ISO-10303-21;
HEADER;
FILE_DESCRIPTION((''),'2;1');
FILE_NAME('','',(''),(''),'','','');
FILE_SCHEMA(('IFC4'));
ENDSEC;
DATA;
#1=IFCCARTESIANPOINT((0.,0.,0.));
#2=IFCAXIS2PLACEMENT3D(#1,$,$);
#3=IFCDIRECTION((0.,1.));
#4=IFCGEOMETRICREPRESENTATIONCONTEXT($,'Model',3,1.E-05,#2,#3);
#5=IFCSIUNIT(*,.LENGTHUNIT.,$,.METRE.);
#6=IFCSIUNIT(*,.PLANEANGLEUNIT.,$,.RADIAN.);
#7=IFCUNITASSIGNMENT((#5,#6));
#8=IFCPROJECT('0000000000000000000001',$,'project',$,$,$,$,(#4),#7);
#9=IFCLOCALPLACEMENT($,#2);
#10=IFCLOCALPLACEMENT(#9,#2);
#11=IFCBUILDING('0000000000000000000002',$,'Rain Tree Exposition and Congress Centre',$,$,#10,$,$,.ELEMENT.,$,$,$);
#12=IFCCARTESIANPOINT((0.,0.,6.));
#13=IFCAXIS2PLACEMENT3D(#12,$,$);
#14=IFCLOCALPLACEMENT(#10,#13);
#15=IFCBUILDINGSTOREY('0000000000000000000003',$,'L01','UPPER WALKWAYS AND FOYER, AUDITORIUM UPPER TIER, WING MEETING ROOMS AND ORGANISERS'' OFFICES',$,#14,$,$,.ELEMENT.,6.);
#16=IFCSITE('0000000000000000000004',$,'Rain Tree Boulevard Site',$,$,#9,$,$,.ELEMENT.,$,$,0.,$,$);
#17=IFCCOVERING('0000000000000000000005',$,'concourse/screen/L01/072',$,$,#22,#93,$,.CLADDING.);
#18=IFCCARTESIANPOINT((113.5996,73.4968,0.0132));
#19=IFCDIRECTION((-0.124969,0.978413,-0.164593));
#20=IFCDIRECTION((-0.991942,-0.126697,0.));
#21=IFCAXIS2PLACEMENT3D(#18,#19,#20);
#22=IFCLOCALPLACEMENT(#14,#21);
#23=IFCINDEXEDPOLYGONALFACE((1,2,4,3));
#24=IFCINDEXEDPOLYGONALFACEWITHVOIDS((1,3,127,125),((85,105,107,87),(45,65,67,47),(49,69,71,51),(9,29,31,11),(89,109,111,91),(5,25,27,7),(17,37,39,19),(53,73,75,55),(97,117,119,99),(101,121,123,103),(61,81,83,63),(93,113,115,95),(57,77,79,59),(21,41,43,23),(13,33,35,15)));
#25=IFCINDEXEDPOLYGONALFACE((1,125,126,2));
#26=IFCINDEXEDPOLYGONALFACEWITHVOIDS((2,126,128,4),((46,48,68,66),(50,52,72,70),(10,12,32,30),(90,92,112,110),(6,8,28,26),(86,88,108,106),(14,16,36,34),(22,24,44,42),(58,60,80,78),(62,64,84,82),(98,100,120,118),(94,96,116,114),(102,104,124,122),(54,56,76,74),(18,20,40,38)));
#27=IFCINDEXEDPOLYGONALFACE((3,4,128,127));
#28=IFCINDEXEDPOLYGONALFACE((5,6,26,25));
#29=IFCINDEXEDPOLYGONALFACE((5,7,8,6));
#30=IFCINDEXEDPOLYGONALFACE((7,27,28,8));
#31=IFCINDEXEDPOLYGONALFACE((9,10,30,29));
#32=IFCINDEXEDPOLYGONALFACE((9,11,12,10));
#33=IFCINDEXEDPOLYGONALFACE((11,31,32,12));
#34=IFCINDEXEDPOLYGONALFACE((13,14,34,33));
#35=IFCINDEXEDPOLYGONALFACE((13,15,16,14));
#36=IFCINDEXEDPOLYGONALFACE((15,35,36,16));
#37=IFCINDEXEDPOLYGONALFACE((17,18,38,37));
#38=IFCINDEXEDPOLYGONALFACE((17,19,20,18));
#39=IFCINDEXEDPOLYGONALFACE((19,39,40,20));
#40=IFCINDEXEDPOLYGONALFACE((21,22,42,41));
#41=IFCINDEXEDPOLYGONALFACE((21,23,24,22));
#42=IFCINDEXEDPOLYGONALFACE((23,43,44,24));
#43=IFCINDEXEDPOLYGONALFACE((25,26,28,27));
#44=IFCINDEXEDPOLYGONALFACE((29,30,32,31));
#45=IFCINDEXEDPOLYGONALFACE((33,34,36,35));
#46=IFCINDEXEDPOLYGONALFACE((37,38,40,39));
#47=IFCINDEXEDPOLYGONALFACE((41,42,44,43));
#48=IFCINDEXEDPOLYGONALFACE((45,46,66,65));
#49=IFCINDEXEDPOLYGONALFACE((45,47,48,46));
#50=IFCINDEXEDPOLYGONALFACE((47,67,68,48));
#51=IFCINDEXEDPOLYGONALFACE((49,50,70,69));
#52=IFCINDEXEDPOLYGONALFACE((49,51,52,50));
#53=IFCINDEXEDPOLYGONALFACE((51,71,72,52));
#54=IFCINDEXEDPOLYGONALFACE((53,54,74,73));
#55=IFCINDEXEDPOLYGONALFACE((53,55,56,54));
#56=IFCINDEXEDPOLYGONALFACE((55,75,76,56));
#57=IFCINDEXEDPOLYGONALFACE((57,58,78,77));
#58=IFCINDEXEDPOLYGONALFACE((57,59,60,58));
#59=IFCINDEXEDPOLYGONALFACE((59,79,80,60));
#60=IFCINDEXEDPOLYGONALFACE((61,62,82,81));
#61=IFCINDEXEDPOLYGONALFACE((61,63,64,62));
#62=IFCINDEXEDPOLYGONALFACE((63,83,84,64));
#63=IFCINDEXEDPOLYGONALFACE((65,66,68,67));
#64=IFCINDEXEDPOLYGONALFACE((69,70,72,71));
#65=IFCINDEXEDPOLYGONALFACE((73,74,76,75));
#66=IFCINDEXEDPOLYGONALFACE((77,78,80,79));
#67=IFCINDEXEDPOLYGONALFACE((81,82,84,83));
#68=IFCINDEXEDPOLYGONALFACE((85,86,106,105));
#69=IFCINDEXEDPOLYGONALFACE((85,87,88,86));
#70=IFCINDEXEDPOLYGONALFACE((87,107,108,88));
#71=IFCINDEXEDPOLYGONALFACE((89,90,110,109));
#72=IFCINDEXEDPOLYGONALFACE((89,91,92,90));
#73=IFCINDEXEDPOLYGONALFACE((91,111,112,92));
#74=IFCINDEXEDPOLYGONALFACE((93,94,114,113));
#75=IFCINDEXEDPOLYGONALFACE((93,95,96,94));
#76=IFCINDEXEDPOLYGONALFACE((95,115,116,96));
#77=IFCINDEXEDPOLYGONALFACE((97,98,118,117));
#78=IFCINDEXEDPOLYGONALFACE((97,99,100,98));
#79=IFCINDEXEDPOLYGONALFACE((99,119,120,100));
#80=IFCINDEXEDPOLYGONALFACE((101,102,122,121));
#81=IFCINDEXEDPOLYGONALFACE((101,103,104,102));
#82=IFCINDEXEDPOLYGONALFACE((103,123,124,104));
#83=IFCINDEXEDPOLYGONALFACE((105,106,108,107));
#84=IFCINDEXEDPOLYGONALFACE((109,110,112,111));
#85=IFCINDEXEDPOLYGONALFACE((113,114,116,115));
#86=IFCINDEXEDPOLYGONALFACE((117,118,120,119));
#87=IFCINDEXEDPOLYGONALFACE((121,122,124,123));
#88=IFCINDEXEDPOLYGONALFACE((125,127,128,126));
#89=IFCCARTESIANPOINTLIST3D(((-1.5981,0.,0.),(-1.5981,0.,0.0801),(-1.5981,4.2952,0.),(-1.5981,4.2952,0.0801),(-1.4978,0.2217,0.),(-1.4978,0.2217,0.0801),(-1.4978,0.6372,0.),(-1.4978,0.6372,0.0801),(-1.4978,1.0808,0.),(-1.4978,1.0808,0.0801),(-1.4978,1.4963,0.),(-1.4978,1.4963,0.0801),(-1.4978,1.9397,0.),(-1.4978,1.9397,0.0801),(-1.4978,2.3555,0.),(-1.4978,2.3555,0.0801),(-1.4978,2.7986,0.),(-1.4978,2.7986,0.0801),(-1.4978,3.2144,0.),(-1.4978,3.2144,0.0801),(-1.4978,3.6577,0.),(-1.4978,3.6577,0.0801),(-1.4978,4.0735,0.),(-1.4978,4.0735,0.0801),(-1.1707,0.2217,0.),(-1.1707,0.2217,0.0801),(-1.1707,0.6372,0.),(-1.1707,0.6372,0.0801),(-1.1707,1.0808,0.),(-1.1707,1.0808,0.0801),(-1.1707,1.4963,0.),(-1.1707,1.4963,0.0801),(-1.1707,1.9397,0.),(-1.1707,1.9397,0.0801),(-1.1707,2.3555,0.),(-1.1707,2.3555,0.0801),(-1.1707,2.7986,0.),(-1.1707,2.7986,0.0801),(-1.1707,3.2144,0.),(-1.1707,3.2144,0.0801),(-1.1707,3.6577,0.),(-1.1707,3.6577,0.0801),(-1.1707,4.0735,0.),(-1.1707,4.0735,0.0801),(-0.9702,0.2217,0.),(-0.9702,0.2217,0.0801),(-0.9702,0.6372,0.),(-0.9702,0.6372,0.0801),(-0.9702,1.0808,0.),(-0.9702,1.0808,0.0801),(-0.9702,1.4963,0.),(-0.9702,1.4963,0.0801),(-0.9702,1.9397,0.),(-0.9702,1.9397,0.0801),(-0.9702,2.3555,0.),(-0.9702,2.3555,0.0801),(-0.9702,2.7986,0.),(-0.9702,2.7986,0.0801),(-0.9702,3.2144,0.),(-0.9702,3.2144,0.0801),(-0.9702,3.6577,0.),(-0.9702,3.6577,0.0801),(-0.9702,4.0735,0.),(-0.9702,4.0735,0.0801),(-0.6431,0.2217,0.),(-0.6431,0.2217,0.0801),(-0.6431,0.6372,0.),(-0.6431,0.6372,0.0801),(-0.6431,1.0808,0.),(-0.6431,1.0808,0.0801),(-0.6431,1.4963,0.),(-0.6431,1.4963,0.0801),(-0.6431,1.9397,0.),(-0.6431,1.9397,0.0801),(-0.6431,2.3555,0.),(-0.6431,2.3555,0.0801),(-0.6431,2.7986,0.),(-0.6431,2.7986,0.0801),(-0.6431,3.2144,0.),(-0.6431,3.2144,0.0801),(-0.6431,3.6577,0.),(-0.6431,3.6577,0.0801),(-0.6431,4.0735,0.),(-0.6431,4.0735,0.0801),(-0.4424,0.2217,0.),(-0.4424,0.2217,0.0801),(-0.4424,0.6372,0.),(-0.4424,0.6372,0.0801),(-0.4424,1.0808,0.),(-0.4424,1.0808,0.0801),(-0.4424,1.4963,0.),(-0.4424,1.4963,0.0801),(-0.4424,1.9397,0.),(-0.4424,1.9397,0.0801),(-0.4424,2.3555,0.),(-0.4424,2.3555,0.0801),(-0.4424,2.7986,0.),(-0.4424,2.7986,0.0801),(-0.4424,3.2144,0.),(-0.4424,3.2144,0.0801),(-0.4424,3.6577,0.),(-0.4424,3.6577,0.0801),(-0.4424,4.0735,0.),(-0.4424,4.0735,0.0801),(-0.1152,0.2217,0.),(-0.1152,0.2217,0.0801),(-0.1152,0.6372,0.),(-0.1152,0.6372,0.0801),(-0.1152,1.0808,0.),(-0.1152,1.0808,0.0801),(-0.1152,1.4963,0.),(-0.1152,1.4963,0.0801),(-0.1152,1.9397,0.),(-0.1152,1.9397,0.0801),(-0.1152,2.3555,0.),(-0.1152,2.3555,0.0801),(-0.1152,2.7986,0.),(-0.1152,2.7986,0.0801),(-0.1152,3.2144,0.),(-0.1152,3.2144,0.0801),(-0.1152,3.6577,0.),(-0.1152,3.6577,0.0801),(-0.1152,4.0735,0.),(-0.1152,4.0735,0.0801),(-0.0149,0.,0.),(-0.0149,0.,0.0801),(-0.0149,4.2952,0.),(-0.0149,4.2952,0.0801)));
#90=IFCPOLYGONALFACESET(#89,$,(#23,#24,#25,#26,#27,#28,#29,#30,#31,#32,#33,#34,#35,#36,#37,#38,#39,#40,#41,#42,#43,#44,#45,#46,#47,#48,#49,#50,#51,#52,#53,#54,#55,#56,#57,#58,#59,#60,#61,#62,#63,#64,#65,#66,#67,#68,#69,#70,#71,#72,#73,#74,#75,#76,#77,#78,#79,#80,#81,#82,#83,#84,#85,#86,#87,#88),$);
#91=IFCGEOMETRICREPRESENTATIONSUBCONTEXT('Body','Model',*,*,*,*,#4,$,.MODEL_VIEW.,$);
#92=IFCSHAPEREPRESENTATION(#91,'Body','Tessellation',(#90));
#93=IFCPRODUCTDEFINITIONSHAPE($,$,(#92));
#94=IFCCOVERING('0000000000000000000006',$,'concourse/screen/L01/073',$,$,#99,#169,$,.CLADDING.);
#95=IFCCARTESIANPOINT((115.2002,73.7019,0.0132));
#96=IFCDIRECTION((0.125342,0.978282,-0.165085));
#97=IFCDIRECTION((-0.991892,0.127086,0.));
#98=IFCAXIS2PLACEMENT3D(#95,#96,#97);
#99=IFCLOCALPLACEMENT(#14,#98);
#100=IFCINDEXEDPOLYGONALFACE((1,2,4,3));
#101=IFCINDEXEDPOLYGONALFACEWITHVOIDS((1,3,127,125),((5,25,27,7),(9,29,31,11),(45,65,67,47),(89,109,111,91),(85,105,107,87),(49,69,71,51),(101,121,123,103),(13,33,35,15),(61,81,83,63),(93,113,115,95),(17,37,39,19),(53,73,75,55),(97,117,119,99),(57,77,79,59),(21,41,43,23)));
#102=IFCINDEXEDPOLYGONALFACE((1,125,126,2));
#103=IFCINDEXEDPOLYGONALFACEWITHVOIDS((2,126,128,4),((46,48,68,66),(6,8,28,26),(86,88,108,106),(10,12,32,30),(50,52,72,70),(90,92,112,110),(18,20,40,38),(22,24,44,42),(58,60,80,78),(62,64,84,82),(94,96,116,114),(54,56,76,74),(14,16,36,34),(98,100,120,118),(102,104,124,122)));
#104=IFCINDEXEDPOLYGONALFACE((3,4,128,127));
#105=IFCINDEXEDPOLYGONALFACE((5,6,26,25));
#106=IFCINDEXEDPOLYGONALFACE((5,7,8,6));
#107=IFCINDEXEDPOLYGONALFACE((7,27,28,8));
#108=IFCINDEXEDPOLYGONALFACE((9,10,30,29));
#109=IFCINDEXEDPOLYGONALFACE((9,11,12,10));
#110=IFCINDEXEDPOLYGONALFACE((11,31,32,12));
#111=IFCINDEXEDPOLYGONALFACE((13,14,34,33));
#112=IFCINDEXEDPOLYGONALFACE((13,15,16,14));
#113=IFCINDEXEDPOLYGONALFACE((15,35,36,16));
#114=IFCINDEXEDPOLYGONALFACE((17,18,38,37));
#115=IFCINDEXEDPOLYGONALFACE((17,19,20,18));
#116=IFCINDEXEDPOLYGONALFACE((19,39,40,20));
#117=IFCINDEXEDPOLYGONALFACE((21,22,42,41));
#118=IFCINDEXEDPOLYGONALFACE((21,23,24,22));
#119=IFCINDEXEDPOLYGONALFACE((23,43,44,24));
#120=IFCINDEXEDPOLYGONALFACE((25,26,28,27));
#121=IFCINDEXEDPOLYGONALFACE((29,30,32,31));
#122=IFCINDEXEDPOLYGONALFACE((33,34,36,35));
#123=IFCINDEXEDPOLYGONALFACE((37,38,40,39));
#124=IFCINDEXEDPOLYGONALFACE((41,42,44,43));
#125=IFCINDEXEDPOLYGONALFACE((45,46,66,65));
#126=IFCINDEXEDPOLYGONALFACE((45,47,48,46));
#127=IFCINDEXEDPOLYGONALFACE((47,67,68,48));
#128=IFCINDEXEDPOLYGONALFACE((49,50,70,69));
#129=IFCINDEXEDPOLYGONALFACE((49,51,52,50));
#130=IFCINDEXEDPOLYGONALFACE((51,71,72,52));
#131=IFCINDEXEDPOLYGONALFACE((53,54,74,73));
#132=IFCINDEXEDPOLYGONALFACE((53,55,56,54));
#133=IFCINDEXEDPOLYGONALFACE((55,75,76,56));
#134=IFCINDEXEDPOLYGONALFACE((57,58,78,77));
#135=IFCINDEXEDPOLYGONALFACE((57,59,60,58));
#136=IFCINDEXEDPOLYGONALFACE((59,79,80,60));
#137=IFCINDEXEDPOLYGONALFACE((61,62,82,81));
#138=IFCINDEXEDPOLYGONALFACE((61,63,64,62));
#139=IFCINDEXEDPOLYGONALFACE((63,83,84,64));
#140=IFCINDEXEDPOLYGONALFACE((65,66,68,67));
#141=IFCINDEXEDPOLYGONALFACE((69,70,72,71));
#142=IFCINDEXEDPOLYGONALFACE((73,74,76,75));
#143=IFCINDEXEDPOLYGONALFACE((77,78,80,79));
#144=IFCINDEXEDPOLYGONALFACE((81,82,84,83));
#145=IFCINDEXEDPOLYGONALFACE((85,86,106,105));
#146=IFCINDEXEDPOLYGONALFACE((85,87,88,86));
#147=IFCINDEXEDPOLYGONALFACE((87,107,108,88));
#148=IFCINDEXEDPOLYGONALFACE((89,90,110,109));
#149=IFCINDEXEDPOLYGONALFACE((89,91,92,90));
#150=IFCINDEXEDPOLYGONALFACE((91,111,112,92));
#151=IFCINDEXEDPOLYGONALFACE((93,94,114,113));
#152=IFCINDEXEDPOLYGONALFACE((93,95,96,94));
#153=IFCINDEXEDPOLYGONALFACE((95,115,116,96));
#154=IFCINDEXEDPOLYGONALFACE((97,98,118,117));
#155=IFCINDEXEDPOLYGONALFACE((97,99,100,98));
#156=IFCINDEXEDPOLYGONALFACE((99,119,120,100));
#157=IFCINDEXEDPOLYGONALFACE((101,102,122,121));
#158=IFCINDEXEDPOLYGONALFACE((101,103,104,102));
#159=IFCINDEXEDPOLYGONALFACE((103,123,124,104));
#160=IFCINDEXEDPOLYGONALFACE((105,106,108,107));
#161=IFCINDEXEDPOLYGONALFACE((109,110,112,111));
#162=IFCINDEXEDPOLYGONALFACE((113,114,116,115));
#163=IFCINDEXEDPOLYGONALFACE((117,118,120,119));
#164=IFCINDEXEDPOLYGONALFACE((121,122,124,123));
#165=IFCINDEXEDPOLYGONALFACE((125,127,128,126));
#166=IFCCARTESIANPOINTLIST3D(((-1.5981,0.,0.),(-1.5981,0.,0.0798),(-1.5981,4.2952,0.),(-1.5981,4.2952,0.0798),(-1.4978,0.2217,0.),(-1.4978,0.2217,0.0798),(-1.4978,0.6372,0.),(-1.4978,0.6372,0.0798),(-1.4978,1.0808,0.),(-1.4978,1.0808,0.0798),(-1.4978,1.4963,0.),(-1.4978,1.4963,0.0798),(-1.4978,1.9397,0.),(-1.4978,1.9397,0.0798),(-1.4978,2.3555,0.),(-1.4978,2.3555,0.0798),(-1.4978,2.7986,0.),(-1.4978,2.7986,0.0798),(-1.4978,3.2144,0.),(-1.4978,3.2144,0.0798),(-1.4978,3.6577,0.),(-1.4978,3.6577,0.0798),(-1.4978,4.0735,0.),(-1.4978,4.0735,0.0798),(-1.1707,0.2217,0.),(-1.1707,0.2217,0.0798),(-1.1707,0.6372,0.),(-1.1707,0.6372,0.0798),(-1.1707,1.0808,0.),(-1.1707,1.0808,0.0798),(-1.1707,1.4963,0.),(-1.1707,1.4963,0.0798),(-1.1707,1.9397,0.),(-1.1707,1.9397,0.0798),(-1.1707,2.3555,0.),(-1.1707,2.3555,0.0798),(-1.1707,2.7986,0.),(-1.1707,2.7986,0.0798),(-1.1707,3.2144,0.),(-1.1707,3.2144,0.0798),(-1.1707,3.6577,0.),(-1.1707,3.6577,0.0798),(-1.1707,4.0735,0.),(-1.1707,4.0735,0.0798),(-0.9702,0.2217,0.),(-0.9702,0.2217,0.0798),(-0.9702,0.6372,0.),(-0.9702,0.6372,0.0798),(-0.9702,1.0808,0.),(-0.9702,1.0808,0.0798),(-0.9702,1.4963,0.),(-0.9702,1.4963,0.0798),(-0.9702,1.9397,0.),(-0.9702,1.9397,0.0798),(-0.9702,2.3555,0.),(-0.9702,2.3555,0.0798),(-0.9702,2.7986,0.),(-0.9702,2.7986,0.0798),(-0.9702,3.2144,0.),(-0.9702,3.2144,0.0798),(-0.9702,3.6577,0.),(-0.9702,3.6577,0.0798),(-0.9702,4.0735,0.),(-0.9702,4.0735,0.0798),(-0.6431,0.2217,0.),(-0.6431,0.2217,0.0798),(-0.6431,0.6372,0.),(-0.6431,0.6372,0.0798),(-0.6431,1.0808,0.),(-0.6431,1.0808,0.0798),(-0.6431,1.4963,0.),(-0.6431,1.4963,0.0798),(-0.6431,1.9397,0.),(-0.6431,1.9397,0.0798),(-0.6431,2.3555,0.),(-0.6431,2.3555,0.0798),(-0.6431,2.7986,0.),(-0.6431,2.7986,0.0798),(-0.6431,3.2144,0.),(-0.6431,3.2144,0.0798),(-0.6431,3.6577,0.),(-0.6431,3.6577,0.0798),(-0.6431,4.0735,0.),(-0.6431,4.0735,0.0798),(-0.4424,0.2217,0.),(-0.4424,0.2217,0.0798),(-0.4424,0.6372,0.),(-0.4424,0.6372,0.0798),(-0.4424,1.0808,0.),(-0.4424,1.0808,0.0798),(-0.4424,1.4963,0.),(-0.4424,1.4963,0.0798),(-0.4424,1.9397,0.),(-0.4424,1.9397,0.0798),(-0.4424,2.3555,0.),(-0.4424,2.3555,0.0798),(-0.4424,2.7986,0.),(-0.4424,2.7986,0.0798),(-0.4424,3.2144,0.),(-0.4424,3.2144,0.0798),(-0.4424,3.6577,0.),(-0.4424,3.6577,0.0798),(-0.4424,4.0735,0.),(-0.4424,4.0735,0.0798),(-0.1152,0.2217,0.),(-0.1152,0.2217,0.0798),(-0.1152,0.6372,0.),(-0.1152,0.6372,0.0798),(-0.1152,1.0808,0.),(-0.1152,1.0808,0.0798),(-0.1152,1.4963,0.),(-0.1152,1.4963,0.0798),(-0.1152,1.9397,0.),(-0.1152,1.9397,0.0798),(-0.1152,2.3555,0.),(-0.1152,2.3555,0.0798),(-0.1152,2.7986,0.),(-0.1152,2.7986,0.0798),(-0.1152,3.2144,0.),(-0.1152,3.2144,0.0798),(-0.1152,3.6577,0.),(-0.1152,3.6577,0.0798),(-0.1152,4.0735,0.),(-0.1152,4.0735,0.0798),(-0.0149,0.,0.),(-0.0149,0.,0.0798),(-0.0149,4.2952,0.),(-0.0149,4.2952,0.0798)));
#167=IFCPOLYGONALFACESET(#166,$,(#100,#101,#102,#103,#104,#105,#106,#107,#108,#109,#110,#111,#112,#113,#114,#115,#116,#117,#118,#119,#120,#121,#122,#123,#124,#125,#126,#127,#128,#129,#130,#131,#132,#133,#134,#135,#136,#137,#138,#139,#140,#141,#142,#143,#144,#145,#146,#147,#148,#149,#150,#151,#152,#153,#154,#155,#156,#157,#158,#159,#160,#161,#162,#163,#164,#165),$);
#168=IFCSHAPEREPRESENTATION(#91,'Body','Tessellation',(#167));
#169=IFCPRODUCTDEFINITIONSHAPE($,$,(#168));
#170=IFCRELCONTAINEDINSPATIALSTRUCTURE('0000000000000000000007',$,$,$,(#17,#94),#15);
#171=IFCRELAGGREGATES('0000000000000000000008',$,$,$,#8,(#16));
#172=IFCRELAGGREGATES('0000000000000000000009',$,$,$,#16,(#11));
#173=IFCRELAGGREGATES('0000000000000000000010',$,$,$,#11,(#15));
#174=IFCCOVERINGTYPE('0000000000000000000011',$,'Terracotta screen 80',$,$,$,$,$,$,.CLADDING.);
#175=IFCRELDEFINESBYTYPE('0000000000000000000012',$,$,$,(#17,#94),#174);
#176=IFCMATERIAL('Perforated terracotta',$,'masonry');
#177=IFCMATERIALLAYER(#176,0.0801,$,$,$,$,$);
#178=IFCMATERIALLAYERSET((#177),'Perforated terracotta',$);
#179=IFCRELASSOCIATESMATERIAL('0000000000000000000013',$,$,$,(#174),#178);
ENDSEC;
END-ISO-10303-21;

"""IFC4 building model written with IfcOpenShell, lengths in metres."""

from ifc_helpers import new_model, si_unit, direction, frame, origin, place, context, subcontext, project, spatial, polyline, outline, extrude, material, layer, layer_set, type_object, element, save


model = new_model("IFC4")

# Units and contexts
model_context = context("Model", 3, precision=1e-05, world=origin(), true_north=direction((0.0, 1.0)))
body_context = subcontext(model_context, "Body", "Model", "MODEL_VIEW")
ifc_project = project(units=[si_unit("LENGTHUNIT", "METRE"), si_unit("PLANEANGLEUNIT", "RADIAN")], contexts=[model_context])

# Site, building, storey
site_placement = place(None, origin())
site = spatial("IfcSite", under=ifc_project, at=site_placement, Name="Rain Tree Boulevard Site", CompositionType="ELEMENT", RefElevation=0.0)
building_placement = place(site_placement, origin())
building = spatial("IfcBuilding", under=site, at=building_placement, Name="Rain Tree Exposition and Congress Centre", CompositionType="ELEMENT")
storey_placement = place(building_placement, frame((0.0, 0.0, 6.0)))
storey = spatial("IfcBuildingStorey", under=building, at=storey_placement, Name="L01", Description="UPPER WALKWAYS AND FOYER, AUDITORIUM UPPER TIER, WING MEETING ROOMS AND ORGANISERS' OFFICES", CompositionType="ELEMENT", Elevation=6.0)

# Coverings
ifc_material_1 = material(Name="Perforated terracotta", Category="masonry")
ifc_layer = layer(ifc_material_1, 0.0801)
ifc_layer_set = layer_set([ifc_layer], Name="Perforated terracotta")
covering_type = type_object("IfcCoveringType", Name="Terracotta screen 80", PredefinedType="CLADDING", material=ifc_layer_set)
covering_1_placement = place(storey_placement, frame((113.5996, 73.4968, 0.0132), z_axis=(-0.124969, 0.978413, -0.164593), x_axis=(-0.991942, -0.126697, 0.0)))
element("IfcCovering", 1, at=covering_1_placement, inside=storey, type_object=covering_type, Name="concourse/screen/L01/072", PredefinedType="CLADDING", context=body_context, shape_type="SweptSolid", body=[
    extrude(outline(polyline([(-1.5981, 0.0), (-1.5981, 4.2952), (-0.0149, 4.2952), (-0.0149, 0.0), (-1.5981, 0.0)]), holes=[polyline([(-0.1152, 0.2217), (-0.1152, 0.6372), (-0.4424, 0.6372), (-0.4424, 0.2217), (-0.1152, 0.2217)]), polyline([(-0.1152, 1.0808), (-0.1152, 1.4963), (-0.4424, 1.4963), (-0.4424, 1.0808), (-0.1152, 1.0808)]), polyline([(-0.1152, 1.9397), (-0.1152, 2.3555), (-0.4424, 2.3555), (-0.4424, 1.9397), (-0.1152, 1.9397)]), polyline([(-0.1152, 2.7986), (-0.1152, 3.2144), (-0.4424, 3.2144), (-0.4424, 2.7986), (-0.1152, 2.7986)]), polyline([(-0.1152, 3.6577), (-0.1152, 4.0735), (-0.4424, 4.0735), (-0.4424, 3.6577), (-0.1152, 3.6577)]), polyline([(-0.6431, 0.2217), (-0.6431, 0.6372), (-0.9702, 0.6372), (-0.9702, 0.2217), (-0.6431, 0.2217)]), polyline([(-0.6431, 1.0808), (-0.6431, 1.4963), (-0.9702, 1.4963), (-0.9702, 1.0808), (-0.6431, 1.0808)]), polyline([(-0.6431, 1.9397), (-0.6431, 2.3555), (-0.9702, 2.3555), (-0.9702, 1.9397), (-0.6431, 1.9397)]), polyline([(-0.6431, 2.7986), (-0.6431, 3.2144), (-0.9702, 3.2144), (-0.9702, 2.7986), (-0.6431, 2.7986)]), polyline([(-0.6431, 3.6577), (-0.6431, 4.0735), (-0.9702, 4.0735), (-0.9702, 3.6577), (-0.6431, 3.6577)]), polyline([(-1.1707, 0.2217), (-1.1707, 0.6372), (-1.4978, 0.6372), (-1.4978, 0.2217), (-1.1707, 0.2217)]), polyline([(-1.1707, 1.0808), (-1.1707, 1.4963), (-1.4978, 1.4963), (-1.4978, 1.0808), (-1.1707, 1.0808)]), polyline([(-1.1707, 1.9397), (-1.1707, 2.3555), (-1.4978, 2.3555), (-1.4978, 1.9397), (-1.1707, 1.9397)]), polyline([(-1.1707, 2.7986), (-1.1707, 3.2144), (-1.4978, 3.2144), (-1.4978, 2.7986), (-1.1707, 2.7986)]), polyline([(-1.1707, 3.6577), (-1.1707, 4.0735), (-1.4978, 4.0735), (-1.4978, 3.6577), (-1.1707, 3.6577)])]), origin(), (0.0, 0.0, 1.0), 0.0801),
])
covering_2_placement = place(storey_placement, frame((115.2002, 73.7019, 0.0132), z_axis=(0.125342, 0.978282, -0.165085), x_axis=(-0.991892, 0.127086, 0.0)))
element("IfcCovering", 2, at=covering_2_placement, inside=storey, type_object=covering_type, Name="concourse/screen/L01/073", PredefinedType="CLADDING", context=body_context, shape_type="SweptSolid", body=[
    extrude(outline(polyline([(-1.5981, 0.0), (-1.5981, 4.2952), (-0.0149, 4.2952), (-0.0149, 0.0), (-1.5981, 0.0)]), holes=[polyline([(-0.1152, 0.2217), (-0.1152, 0.6372), (-0.4424, 0.6372), (-0.4424, 0.2217), (-0.1152, 0.2217)]), polyline([(-0.1152, 1.0808), (-0.1152, 1.4963), (-0.4424, 1.4963), (-0.4424, 1.0808), (-0.1152, 1.0808)]), polyline([(-0.1152, 1.9397), (-0.1152, 2.3555), (-0.4424, 2.3555), (-0.4424, 1.9397), (-0.1152, 1.9397)]), polyline([(-0.1152, 2.7986), (-0.1152, 3.2144), (-0.4424, 3.2144), (-0.4424, 2.7986), (-0.1152, 2.7986)]), polyline([(-0.1152, 3.6577), (-0.1152, 4.0735), (-0.4424, 4.0735), (-0.4424, 3.6577), (-0.1152, 3.6577)]), polyline([(-0.6431, 0.2217), (-0.6431, 0.6372), (-0.9702, 0.6372), (-0.9702, 0.2217), (-0.6431, 0.2217)]), polyline([(-0.6431, 1.0808), (-0.6431, 1.4963), (-0.9702, 1.4963), (-0.9702, 1.0808), (-0.6431, 1.0808)]), polyline([(-0.6431, 1.9397), (-0.6431, 2.3555), (-0.9702, 2.3555), (-0.9702, 1.9397), (-0.6431, 1.9397)]), polyline([(-0.6431, 2.7986), (-0.6431, 3.2144), (-0.9702, 3.2144), (-0.9702, 2.7986), (-0.6431, 2.7986)]), polyline([(-0.6431, 3.6577), (-0.6431, 4.0735), (-0.9702, 4.0735), (-0.9702, 3.6577), (-0.6431, 3.6577)]), polyline([(-1.1707, 0.2217), (-1.1707, 0.6372), (-1.4978, 0.6372), (-1.4978, 0.2217), (-1.1707, 0.2217)]), polyline([(-1.1707, 1.0808), (-1.1707, 1.4963), (-1.4978, 1.4963), (-1.4978, 1.0808), (-1.1707, 1.0808)]), polyline([(-1.1707, 1.9397), (-1.1707, 2.3555), (-1.4978, 2.3555), (-1.4978, 1.9397), (-1.1707, 1.9397)]), polyline([(-1.1707, 2.7986), (-1.1707, 3.2144), (-1.4978, 3.2144), (-1.4978, 2.7986), (-1.1707, 2.7986)]), polyline([(-1.1707, 3.6577), (-1.1707, 4.0735), (-1.4978, 4.0735), (-1.4978, 3.6577), (-1.1707, 3.6577)])]), origin(), (0.0, 0.0, 1.0), 0.0798),
])

save(model, "model.ifc")
